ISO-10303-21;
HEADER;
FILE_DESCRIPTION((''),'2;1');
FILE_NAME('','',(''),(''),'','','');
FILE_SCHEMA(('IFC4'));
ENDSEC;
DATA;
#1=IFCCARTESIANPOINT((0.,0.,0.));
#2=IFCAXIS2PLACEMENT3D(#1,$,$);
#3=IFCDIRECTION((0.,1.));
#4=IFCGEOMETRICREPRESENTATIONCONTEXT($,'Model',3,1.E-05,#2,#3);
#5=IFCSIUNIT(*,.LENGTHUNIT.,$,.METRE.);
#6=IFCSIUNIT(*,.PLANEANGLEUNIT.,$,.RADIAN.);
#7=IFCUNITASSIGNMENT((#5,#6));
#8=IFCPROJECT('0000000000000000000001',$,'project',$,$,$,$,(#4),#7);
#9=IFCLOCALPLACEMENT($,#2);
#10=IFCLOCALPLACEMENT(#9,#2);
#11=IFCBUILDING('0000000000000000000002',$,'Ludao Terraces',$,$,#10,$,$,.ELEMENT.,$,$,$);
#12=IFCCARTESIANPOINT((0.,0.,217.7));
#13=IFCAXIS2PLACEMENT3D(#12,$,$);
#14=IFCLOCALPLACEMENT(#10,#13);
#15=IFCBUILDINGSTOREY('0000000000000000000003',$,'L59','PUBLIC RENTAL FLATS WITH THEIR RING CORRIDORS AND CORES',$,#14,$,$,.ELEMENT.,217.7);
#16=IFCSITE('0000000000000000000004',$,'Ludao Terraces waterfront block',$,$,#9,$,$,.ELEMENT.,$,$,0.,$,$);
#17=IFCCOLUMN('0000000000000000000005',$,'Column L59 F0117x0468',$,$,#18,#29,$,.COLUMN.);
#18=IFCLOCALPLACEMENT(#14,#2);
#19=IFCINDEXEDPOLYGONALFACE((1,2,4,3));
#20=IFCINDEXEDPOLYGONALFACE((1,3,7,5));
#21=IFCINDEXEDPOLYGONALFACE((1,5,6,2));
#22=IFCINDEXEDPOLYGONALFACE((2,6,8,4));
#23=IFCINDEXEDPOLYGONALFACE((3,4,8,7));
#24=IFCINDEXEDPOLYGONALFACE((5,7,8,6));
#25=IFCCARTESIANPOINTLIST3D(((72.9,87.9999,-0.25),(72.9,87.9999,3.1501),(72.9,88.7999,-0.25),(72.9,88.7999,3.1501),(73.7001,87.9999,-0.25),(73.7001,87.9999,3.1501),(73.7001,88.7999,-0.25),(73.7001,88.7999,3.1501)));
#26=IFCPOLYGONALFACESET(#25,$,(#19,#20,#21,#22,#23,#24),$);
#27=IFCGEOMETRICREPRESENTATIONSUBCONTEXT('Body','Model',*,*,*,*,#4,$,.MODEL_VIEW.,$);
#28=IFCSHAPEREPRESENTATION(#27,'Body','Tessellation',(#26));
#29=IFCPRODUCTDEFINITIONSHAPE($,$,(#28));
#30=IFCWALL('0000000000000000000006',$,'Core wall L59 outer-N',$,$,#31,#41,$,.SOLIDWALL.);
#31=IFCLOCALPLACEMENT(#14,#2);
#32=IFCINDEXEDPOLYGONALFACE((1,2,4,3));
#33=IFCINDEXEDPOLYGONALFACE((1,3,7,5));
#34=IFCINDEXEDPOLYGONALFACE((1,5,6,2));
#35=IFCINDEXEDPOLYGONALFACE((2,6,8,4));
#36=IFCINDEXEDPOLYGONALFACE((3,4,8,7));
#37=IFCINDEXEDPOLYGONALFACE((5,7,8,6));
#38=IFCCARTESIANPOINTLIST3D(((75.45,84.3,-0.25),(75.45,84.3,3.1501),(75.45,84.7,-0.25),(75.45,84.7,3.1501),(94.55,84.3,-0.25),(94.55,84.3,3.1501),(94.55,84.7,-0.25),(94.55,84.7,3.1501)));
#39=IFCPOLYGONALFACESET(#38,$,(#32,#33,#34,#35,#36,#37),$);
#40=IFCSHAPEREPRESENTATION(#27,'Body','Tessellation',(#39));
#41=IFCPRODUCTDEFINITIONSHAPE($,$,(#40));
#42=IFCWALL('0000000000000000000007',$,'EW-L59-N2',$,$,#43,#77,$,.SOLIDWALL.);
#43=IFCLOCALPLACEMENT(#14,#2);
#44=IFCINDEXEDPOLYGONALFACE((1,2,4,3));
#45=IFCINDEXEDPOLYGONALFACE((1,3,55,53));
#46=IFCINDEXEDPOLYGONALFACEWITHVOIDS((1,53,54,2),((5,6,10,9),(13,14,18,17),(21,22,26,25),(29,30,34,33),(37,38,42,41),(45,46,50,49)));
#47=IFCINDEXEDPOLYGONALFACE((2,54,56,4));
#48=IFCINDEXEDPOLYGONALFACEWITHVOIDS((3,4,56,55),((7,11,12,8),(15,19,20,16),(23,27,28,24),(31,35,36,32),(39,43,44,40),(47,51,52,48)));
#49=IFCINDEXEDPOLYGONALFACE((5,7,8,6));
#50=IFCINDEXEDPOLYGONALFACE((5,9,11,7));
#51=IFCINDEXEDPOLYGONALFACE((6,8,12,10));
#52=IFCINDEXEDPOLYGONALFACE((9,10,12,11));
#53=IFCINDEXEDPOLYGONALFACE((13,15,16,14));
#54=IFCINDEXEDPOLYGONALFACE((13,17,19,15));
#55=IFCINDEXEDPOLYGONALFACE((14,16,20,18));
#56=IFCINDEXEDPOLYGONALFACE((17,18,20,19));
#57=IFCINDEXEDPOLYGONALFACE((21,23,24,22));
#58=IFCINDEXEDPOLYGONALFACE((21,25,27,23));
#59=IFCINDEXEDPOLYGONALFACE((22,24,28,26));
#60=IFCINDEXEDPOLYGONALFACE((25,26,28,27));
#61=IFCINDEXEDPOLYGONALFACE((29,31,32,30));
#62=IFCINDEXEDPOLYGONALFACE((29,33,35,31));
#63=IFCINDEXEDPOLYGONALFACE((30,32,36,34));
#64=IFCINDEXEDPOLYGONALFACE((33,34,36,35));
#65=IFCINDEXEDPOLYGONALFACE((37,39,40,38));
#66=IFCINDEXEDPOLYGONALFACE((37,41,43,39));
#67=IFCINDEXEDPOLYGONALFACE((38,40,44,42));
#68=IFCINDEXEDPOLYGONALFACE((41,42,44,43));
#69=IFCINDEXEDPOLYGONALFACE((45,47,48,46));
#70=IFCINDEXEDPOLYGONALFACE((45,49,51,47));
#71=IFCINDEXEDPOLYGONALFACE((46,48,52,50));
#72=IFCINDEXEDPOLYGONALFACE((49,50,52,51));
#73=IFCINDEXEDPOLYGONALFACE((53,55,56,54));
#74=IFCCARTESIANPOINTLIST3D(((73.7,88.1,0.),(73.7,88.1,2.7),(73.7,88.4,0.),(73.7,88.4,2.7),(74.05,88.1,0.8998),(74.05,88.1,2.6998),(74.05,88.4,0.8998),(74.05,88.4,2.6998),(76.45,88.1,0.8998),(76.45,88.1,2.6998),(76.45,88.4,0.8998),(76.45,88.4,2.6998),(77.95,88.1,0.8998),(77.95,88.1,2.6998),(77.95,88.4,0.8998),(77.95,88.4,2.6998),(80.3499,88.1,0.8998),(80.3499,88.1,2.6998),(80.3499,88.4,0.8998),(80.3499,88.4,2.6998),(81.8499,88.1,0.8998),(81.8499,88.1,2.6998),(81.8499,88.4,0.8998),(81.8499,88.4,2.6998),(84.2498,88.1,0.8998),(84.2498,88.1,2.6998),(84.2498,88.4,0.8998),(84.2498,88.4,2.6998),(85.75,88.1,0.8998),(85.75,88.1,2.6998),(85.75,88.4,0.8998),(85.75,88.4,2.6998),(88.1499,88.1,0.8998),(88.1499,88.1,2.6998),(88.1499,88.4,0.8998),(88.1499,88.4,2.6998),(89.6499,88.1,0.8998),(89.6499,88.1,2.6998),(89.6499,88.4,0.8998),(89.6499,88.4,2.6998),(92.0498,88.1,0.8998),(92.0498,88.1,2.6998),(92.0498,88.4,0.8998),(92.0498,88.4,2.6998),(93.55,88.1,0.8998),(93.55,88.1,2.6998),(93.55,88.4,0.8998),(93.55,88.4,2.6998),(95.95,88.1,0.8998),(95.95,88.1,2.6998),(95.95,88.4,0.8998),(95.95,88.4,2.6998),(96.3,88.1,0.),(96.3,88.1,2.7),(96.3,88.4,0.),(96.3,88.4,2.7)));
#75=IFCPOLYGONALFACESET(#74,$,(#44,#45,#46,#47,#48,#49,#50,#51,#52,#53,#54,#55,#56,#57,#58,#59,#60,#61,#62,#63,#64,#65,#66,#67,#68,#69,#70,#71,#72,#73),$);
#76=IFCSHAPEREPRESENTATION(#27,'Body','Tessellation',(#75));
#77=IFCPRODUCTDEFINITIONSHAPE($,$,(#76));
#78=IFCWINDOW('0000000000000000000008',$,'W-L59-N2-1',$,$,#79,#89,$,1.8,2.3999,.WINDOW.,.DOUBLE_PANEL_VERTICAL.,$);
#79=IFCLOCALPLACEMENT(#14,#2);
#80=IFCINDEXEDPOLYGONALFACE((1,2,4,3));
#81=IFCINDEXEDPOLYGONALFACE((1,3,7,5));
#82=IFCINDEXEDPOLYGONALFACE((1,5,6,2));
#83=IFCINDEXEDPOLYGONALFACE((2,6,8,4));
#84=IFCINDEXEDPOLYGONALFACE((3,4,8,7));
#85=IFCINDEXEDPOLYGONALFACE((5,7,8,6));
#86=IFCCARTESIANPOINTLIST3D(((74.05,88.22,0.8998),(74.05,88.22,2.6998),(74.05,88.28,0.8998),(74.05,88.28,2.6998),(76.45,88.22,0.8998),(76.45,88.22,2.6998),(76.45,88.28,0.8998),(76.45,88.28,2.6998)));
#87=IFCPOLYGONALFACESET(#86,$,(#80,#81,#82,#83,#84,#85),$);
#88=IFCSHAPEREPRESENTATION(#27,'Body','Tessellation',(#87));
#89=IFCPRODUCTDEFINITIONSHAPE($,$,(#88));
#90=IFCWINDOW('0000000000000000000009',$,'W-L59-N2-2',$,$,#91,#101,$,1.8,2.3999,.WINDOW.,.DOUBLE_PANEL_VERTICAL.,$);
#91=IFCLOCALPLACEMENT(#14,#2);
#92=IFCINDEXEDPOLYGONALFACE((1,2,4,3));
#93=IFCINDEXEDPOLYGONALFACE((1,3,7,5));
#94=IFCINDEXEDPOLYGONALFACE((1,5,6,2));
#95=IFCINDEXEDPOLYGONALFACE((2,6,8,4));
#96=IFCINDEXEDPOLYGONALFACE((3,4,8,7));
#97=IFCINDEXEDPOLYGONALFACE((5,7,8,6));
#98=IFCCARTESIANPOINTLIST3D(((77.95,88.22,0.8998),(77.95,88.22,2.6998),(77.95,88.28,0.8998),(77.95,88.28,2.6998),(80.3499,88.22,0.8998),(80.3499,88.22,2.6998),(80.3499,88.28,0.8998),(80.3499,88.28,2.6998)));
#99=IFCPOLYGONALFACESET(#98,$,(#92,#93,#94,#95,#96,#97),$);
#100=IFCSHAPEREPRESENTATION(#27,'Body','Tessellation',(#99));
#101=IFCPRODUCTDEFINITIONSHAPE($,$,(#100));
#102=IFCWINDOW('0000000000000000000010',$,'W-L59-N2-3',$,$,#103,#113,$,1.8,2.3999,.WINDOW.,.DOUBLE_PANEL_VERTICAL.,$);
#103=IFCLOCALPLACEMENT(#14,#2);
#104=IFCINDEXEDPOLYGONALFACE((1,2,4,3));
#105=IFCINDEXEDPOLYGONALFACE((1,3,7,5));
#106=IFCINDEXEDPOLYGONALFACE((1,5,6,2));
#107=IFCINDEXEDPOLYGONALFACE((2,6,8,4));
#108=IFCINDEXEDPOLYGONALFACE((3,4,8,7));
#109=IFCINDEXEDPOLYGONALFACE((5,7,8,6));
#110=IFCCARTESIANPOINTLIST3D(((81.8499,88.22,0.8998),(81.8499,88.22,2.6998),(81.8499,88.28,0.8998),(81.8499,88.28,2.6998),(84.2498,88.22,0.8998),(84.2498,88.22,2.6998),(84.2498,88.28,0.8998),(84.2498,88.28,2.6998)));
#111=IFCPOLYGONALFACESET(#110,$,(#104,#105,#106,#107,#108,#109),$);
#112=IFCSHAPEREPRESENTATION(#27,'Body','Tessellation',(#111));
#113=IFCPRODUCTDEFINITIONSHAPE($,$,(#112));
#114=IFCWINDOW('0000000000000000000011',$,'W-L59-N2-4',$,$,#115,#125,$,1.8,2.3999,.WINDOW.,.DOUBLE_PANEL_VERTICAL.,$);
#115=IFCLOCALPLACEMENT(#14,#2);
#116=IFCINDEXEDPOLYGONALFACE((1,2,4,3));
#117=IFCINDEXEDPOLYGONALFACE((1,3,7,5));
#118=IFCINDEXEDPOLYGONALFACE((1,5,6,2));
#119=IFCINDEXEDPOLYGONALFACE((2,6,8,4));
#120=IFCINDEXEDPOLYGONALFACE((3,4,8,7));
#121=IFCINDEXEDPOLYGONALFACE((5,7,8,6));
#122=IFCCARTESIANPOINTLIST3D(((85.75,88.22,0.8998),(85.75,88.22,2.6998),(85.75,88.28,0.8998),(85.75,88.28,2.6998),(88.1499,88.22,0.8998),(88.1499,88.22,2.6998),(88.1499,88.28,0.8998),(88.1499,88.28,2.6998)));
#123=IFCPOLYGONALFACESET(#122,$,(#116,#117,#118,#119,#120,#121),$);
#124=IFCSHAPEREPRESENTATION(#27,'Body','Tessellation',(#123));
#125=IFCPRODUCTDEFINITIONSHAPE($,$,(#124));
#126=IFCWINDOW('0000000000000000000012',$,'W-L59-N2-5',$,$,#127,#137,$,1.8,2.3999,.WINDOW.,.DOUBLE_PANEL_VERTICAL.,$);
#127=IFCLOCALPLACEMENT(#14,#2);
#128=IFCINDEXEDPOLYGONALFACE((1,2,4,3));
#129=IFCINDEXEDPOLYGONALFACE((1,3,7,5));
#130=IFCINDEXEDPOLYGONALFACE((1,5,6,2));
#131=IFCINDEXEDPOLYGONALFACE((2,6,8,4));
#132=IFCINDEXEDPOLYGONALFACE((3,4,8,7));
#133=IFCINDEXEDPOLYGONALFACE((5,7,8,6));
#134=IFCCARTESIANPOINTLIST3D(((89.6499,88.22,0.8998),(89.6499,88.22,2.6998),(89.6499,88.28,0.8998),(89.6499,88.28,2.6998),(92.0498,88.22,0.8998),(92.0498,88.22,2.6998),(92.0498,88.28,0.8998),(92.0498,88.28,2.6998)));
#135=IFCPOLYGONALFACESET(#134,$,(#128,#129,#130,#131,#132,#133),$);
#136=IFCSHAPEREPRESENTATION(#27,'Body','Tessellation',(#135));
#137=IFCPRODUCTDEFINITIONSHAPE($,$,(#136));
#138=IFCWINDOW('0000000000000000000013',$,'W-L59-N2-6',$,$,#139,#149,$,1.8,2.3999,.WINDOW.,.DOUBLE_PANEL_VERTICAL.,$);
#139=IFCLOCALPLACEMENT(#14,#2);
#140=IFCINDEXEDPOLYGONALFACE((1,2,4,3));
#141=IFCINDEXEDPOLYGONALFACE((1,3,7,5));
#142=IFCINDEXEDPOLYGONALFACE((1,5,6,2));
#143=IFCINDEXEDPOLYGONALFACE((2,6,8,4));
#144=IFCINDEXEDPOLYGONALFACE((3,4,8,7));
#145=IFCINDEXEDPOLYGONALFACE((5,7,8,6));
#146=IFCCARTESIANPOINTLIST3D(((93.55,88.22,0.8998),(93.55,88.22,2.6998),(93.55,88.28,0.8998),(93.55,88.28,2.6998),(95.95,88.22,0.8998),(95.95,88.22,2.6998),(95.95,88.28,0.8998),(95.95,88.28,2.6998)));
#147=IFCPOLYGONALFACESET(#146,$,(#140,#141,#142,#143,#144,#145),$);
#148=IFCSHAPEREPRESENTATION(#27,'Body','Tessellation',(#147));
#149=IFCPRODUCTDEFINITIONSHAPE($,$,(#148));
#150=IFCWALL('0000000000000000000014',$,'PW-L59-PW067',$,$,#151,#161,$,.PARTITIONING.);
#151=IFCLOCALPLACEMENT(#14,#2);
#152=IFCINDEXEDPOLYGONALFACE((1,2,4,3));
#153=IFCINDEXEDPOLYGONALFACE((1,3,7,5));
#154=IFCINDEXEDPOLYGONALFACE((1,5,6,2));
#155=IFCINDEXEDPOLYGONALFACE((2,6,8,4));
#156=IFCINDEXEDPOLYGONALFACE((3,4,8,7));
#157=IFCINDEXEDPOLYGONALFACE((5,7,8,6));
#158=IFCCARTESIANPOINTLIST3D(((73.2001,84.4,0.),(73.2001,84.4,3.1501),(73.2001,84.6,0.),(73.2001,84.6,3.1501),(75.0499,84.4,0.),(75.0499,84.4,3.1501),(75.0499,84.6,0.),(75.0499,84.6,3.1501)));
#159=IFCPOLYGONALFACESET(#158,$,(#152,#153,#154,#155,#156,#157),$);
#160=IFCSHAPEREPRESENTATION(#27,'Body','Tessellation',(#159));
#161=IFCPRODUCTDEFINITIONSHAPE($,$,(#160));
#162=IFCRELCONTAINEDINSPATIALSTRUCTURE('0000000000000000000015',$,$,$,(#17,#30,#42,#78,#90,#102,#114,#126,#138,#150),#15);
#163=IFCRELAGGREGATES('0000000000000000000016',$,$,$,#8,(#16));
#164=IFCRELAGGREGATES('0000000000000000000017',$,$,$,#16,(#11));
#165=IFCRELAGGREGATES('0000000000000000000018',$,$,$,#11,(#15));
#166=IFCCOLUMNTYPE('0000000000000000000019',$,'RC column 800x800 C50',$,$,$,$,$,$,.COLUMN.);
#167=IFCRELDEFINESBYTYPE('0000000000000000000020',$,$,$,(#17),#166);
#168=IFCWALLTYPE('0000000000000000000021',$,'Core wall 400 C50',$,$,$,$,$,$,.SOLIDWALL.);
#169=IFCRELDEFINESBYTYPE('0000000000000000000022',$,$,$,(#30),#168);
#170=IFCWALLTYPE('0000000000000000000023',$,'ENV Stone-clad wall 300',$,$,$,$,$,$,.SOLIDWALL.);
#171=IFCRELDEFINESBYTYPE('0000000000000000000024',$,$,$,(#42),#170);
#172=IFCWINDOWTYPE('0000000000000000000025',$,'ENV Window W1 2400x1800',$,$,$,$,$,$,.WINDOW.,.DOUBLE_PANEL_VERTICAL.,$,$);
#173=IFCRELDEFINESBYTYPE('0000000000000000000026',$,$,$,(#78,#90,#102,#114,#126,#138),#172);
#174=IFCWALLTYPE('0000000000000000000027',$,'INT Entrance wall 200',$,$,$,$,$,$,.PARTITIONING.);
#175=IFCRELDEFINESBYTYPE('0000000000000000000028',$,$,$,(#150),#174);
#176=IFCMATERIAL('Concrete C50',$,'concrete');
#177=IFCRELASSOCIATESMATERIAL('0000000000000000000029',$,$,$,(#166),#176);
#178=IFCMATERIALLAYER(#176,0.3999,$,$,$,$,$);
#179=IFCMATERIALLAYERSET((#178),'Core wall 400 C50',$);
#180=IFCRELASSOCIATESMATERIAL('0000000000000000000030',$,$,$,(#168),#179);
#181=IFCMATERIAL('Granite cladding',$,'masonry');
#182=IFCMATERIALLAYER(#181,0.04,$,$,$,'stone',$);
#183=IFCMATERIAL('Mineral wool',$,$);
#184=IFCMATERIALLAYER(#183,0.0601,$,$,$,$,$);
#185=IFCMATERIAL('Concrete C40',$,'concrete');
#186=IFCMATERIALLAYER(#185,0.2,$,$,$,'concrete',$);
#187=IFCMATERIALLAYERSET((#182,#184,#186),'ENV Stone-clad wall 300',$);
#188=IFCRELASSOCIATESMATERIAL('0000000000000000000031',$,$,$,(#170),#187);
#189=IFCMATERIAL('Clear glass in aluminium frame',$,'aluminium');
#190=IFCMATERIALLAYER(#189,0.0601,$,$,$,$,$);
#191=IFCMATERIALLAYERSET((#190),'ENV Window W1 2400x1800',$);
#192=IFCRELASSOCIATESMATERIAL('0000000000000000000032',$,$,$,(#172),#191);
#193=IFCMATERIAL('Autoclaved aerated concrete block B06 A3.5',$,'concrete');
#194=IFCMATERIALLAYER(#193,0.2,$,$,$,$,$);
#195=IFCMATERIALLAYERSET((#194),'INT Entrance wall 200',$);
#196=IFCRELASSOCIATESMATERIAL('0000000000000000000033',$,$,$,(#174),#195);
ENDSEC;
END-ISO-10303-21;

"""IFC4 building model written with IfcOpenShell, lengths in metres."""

from ifc_helpers import new_model, si_unit, direction, frame, frame_2d, origin, origin_2d, place, context, subcontext, project, spatial, rectangle, extrude, material, layer, layer_set, material_profile, profile_set, type_object, element, fill, save


model = new_model("IFC4")

# Units and contexts
model_context = context("Model", 3, precision=1e-05, world=origin(), true_north=direction((0.0, 1.0)))
body_context = subcontext(model_context, "Body", "Model", "MODEL_VIEW")
ifc_project = project(units=[si_unit("LENGTHUNIT", "METRE"), si_unit("PLANEANGLEUNIT", "RADIAN")], contexts=[model_context])

# Site, building, storey
site_placement = place(None, origin())
site = spatial("IfcSite", under=ifc_project, at=site_placement, Name="Ludao Terraces waterfront block", CompositionType="ELEMENT", RefElevation=0.0)
building_placement = place(site_placement, origin())
building = spatial("IfcBuilding", under=site, at=building_placement, Name="Ludao Terraces", CompositionType="ELEMENT")
storey_placement = place(building_placement, frame((0.0, 0.0, 217.7)))
storey = spatial("IfcBuildingStorey", under=building, at=storey_placement, Name="L59", Description="PUBLIC RENTAL FLATS WITH THEIR RING CORRIDORS AND CORES", CompositionType="ELEMENT", Elevation=217.7)

# Column
ifc_material_1 = material(Name="Concrete C50", Category="concrete")
ifc_material_profile = material_profile(ifc_material_1, rectangle(XDim=0.8, YDim=0.8, at=origin_2d()), Name="800 X 800")
ifc_profile_set = profile_set([ifc_material_profile], Name="Concrete C50")
column_type = type_object("IfcColumnType", Name="RC column 800x800 C50", PredefinedType="COLUMN", material=ifc_profile_set)
column_placement = place(storey_placement, frame((73.3, 88.3999, -0.25), z_axis=(0.0, 0.0, 1.0), x_axis=(1.0, 0.0, 0.0)))
element("IfcColumn", 1, at=column_placement, inside=storey, type_object=column_type, Name="Column L59 F0117x0468", PredefinedType="COLUMN", context=body_context, shape_type="SweptSolid", body=[
    extrude(rectangle(XDim=0.8, YDim=0.8, at=origin_2d()), origin(), (0.0, 0.0, 1.0), 3.4001),
])

# Wall
ifc_layer_1 = layer(ifc_material_1, 0.3999)
ifc_layer_set_1 = layer_set([ifc_layer_1], Name="Core wall 400 C50")
wall_type_1 = type_object("IfcWallType", Name="Core wall 400 C50", PredefinedType="SOLIDWALL", material=ifc_layer_set_1)
wall_1_placement = place(storey_placement, frame((75.45, 84.5, -0.25), z_axis=(0.0, 0.0, 1.0), x_axis=(1.0, 0.0, 0.0)))
element("IfcWall", 2, at=wall_1_placement, inside=storey, type_object=wall_type_1, Name="Core wall L59 outer-N", PredefinedType="SOLIDWALL", context=body_context, shape_type="SweptSolid", body=[
    extrude(rectangle(XDim=19.1001, YDim=0.3999, at=frame_2d((9.55, 0.0))), origin(), (0.0, 0.0, 1.0), 3.4001),
])

# Wall, openings, windows
ifc_material_2 = material(Name="Granite cladding", Category="masonry")
ifc_layer_2 = layer(ifc_material_2, 0.04, Category="stone")
ifc_material_3 = material(Name="Mineral wool")
ifc_layer_3 = layer(ifc_material_3, 0.0601)
ifc_material_4 = material(Name="Concrete C40", Category="concrete")
ifc_layer_4 = layer(ifc_material_4, 0.2, Category="concrete")
ifc_layer_set_2 = layer_set([ifc_layer_2, ifc_layer_3, ifc_layer_4], Name="ENV Stone-clad wall 300")
wall_type_2 = type_object("IfcWallType", Name="ENV Stone-clad wall 300", PredefinedType="SOLIDWALL", material=ifc_layer_set_2)
wall_2_placement = place(storey_placement, frame((73.7, 88.25, 0.0), z_axis=(0.0, 0.0, 1.0), x_axis=(1.0, 0.0, 0.0)))
wall_2 = element("IfcWall", 3, at=wall_2_placement, inside=storey, type_object=wall_type_2, Name="EW-L59-N2", PredefinedType="SOLIDWALL", context=body_context, shape_type="SweptSolid", body=[
    extrude(rectangle(XDim=22.6001, YDim=0.3, at=frame_2d((11.3, 0.0))), origin(), (0.0, 0.0, 1.0), 2.7),
])
opening_1_placement = place(wall_2_placement, frame((0.3501, 0.0, 0.8999)))
opening_1 = element("IfcOpeningElement", 4, at=opening_1_placement, cuts=wall_2, PredefinedType="OPENING", context=body_context, shape_type="SweptSolid", body=[
    extrude(rectangle(XDim=2.3999, YDim=1.8, at=frame_2d((1.2, 0.8999))), frame((0.0, 0.1602, 0.0), z_axis=(0.0, -1.0, 0.0), x_axis=(1.0, 0.0, 0.0)), (0.0, 0.0, 1.0), 0.3201),
])
opening_2_placement = place(wall_2_placement, frame((4.25, 0.0, 0.8999)))
opening_2 = element("IfcOpeningElement", 5, at=opening_2_placement, cuts=wall_2, PredefinedType="OPENING", context=body_context, shape_type="SweptSolid", body=[
    extrude(rectangle(XDim=2.3999, YDim=1.8, at=frame_2d((1.2, 0.8999))), frame((0.0, 0.1602, 0.0), z_axis=(0.0, -1.0, 0.0), x_axis=(1.0, 0.0, 0.0)), (0.0, 0.0, 1.0), 0.3201),
])
opening_3_placement = place(wall_2_placement, frame((8.1499, 0.0, 0.8999)))
opening_3 = element("IfcOpeningElement", 6, at=opening_3_placement, cuts=wall_2, PredefinedType="OPENING", context=body_context, shape_type="SweptSolid", body=[
    extrude(rectangle(XDim=2.3999, YDim=1.8, at=frame_2d((1.2, 0.8999))), frame((0.0, 0.1602, 0.0), z_axis=(0.0, -1.0, 0.0), x_axis=(1.0, 0.0, 0.0)), (0.0, 0.0, 1.0), 0.3201),
])
opening_4_placement = place(wall_2_placement, frame((12.05, 0.0, 0.8999)))
opening_4 = element("IfcOpeningElement", 7, at=opening_4_placement, cuts=wall_2, PredefinedType="OPENING", context=body_context, shape_type="SweptSolid", body=[
    extrude(rectangle(XDim=2.3999, YDim=1.8, at=frame_2d((1.2, 0.8999))), frame((0.0, 0.1602, 0.0), z_axis=(0.0, -1.0, 0.0), x_axis=(1.0, 0.0, 0.0)), (0.0, 0.0, 1.0), 0.3201),
])
opening_5_placement = place(wall_2_placement, frame((15.95, 0.0, 0.8999)))
opening_5 = element("IfcOpeningElement", 8, at=opening_5_placement, cuts=wall_2, PredefinedType="OPENING", context=body_context, shape_type="SweptSolid", body=[
    extrude(rectangle(XDim=2.3999, YDim=1.8, at=frame_2d((1.2, 0.8999))), frame((0.0, 0.1602, 0.0), z_axis=(0.0, -1.0, 0.0), x_axis=(1.0, 0.0, 0.0)), (0.0, 0.0, 1.0), 0.3201),
])
opening_6_placement = place(wall_2_placement, frame((19.8501, 0.0, 0.8999)))
opening_6 = element("IfcOpeningElement", 9, at=opening_6_placement, cuts=wall_2, PredefinedType="OPENING", context=body_context, shape_type="SweptSolid", body=[
    extrude(rectangle(XDim=2.3999, YDim=1.8, at=frame_2d((1.2, 0.8999))), frame((0.0, 0.1602, 0.0), z_axis=(0.0, -1.0, 0.0), x_axis=(1.0, 0.0, 0.0)), (0.0, 0.0, 1.0), 0.3201),
])
ifc_material_5 = material(Name="Clear glass in aluminium frame", Category="aluminium")
ifc_layer_5 = layer(ifc_material_5, 0.0601)
ifc_layer_set_3 = layer_set([ifc_layer_5], Name="ENV Window W1 2400x1800")
window_type = type_object("IfcWindowType", Name="ENV Window W1 2400x1800", PartitioningType="DOUBLE_PANEL_VERTICAL", PredefinedType="WINDOW", material=ifc_layer_set_3)
window_1_placement = place(opening_1_placement, origin())
window_1 = element("IfcWindow", 10, at=window_1_placement, inside=storey, type_object=window_type, Name="W-L59-N2-1", OverallHeight=1.8, OverallWidth=2.3999, PartitioningType="DOUBLE_PANEL_VERTICAL", PredefinedType="WINDOW", context=body_context, shape_type="SweptSolid", body=[
    extrude(rectangle(XDim=2.3999, YDim=1.8, at=frame_2d((1.2, 0.8999))), frame((0.0, 0.03, 0.0), z_axis=(0.0, -1.0, 0.0), x_axis=(1.0, 0.0, 0.0)), (0.0, 0.0, 1.0), 0.0601),
])
fill(opening_1, window_1)
window_2_placement = place(opening_2_placement, origin())
window_2 = element("IfcWindow", 11, at=window_2_placement, inside=storey, type_object=window_type, Name="W-L59-N2-2", OverallHeight=1.8, OverallWidth=2.3999, PartitioningType="DOUBLE_PANEL_VERTICAL", PredefinedType="WINDOW", context=body_context, shape_type="SweptSolid", body=[
    extrude(rectangle(XDim=2.3999, YDim=1.8, at=frame_2d((1.2, 0.8999))), frame((0.0, 0.03, 0.0), z_axis=(0.0, -1.0, 0.0), x_axis=(1.0, 0.0, 0.0)), (0.0, 0.0, 1.0), 0.0601),
])
fill(opening_2, window_2)
window_3_placement = place(opening_3_placement, origin())
window_3 = element("IfcWindow", 12, at=window_3_placement, inside=storey, type_object=window_type, Name="W-L59-N2-3", OverallHeight=1.8, OverallWidth=2.3999, PartitioningType="DOUBLE_PANEL_VERTICAL", PredefinedType="WINDOW", context=body_context, shape_type="SweptSolid", body=[
    extrude(rectangle(XDim=2.3999, YDim=1.8, at=frame_2d((1.2, 0.8999))), frame((0.0, 0.03, 0.0), z_axis=(0.0, -1.0, 0.0), x_axis=(1.0, 0.0, 0.0)), (0.0, 0.0, 1.0), 0.0601),
])
fill(opening_3, window_3)
window_4_placement = place(opening_4_placement, origin())
window_4 = element("IfcWindow", 13, at=window_4_placement, inside=storey, type_object=window_type, Name="W-L59-N2-4", OverallHeight=1.8, OverallWidth=2.3999, PartitioningType="DOUBLE_PANEL_VERTICAL", PredefinedType="WINDOW", context=body_context, shape_type="SweptSolid", body=[
    extrude(rectangle(XDim=2.3999, YDim=1.8, at=frame_2d((1.2, 0.8999))), frame((0.0, 0.03, 0.0), z_axis=(0.0, -1.0, 0.0), x_axis=(1.0, 0.0, 0.0)), (0.0, 0.0, 1.0), 0.0601),
])
fill(opening_4, window_4)
window_5_placement = place(opening_5_placement, origin())
window_5 = element("IfcWindow", 14, at=window_5_placement, inside=storey, type_object=window_type, Name="W-L59-N2-5", OverallHeight=1.8, OverallWidth=2.3999, PartitioningType="DOUBLE_PANEL_VERTICAL", PredefinedType="WINDOW", context=body_context, shape_type="SweptSolid", body=[
    extrude(rectangle(XDim=2.3999, YDim=1.8, at=frame_2d((1.2, 0.8999))), frame((0.0, 0.03, 0.0), z_axis=(0.0, -1.0, 0.0), x_axis=(1.0, 0.0, 0.0)), (0.0, 0.0, 1.0), 0.0601),
])
fill(opening_5, window_5)
window_6_placement = place(opening_6_placement, origin())
window_6 = element("IfcWindow", 15, at=window_6_placement, inside=storey, type_object=window_type, Name="W-L59-N2-6", OverallHeight=1.8, OverallWidth=2.3999, PartitioningType="DOUBLE_PANEL_VERTICAL", PredefinedType="WINDOW", context=body_context, shape_type="SweptSolid", body=[
    extrude(rectangle(XDim=2.3999, YDim=1.8, at=frame_2d((1.2, 0.8999))), frame((0.0, 0.03, 0.0), z_axis=(0.0, -1.0, 0.0), x_axis=(1.0, 0.0, 0.0)), (0.0, 0.0, 1.0), 0.0601),
])
fill(opening_6, window_6)

# Wall
ifc_material_6 = material(Name="Autoclaved aerated concrete block B06 A3.5", Category="concrete")
ifc_layer_6 = layer(ifc_material_6, 0.2)
ifc_layer_set_4 = layer_set([ifc_layer_6], Name="INT Entrance wall 200")
wall_type_3 = type_object("IfcWallType", Name="INT Entrance wall 200", PredefinedType="PARTITIONING", material=ifc_layer_set_4)
wall_3_placement = place(storey_placement, frame((73.2002, 84.5, 0.0), z_axis=(0.0, 0.0, 1.0), x_axis=(1.0, 0.0, 0.0)))
element("IfcWall", 16, at=wall_3_placement, inside=storey, type_object=wall_type_3, Name="PW-L59-PW067", PredefinedType="PARTITIONING", context=body_context, shape_type="SweptSolid", body=[
    extrude(rectangle(XDim=1.8499, YDim=0.2, at=frame_2d((0.9248, 0.0))), origin(), (0.0, 0.0, 1.0), 3.1501),
])

save(model, "model.ifc")
